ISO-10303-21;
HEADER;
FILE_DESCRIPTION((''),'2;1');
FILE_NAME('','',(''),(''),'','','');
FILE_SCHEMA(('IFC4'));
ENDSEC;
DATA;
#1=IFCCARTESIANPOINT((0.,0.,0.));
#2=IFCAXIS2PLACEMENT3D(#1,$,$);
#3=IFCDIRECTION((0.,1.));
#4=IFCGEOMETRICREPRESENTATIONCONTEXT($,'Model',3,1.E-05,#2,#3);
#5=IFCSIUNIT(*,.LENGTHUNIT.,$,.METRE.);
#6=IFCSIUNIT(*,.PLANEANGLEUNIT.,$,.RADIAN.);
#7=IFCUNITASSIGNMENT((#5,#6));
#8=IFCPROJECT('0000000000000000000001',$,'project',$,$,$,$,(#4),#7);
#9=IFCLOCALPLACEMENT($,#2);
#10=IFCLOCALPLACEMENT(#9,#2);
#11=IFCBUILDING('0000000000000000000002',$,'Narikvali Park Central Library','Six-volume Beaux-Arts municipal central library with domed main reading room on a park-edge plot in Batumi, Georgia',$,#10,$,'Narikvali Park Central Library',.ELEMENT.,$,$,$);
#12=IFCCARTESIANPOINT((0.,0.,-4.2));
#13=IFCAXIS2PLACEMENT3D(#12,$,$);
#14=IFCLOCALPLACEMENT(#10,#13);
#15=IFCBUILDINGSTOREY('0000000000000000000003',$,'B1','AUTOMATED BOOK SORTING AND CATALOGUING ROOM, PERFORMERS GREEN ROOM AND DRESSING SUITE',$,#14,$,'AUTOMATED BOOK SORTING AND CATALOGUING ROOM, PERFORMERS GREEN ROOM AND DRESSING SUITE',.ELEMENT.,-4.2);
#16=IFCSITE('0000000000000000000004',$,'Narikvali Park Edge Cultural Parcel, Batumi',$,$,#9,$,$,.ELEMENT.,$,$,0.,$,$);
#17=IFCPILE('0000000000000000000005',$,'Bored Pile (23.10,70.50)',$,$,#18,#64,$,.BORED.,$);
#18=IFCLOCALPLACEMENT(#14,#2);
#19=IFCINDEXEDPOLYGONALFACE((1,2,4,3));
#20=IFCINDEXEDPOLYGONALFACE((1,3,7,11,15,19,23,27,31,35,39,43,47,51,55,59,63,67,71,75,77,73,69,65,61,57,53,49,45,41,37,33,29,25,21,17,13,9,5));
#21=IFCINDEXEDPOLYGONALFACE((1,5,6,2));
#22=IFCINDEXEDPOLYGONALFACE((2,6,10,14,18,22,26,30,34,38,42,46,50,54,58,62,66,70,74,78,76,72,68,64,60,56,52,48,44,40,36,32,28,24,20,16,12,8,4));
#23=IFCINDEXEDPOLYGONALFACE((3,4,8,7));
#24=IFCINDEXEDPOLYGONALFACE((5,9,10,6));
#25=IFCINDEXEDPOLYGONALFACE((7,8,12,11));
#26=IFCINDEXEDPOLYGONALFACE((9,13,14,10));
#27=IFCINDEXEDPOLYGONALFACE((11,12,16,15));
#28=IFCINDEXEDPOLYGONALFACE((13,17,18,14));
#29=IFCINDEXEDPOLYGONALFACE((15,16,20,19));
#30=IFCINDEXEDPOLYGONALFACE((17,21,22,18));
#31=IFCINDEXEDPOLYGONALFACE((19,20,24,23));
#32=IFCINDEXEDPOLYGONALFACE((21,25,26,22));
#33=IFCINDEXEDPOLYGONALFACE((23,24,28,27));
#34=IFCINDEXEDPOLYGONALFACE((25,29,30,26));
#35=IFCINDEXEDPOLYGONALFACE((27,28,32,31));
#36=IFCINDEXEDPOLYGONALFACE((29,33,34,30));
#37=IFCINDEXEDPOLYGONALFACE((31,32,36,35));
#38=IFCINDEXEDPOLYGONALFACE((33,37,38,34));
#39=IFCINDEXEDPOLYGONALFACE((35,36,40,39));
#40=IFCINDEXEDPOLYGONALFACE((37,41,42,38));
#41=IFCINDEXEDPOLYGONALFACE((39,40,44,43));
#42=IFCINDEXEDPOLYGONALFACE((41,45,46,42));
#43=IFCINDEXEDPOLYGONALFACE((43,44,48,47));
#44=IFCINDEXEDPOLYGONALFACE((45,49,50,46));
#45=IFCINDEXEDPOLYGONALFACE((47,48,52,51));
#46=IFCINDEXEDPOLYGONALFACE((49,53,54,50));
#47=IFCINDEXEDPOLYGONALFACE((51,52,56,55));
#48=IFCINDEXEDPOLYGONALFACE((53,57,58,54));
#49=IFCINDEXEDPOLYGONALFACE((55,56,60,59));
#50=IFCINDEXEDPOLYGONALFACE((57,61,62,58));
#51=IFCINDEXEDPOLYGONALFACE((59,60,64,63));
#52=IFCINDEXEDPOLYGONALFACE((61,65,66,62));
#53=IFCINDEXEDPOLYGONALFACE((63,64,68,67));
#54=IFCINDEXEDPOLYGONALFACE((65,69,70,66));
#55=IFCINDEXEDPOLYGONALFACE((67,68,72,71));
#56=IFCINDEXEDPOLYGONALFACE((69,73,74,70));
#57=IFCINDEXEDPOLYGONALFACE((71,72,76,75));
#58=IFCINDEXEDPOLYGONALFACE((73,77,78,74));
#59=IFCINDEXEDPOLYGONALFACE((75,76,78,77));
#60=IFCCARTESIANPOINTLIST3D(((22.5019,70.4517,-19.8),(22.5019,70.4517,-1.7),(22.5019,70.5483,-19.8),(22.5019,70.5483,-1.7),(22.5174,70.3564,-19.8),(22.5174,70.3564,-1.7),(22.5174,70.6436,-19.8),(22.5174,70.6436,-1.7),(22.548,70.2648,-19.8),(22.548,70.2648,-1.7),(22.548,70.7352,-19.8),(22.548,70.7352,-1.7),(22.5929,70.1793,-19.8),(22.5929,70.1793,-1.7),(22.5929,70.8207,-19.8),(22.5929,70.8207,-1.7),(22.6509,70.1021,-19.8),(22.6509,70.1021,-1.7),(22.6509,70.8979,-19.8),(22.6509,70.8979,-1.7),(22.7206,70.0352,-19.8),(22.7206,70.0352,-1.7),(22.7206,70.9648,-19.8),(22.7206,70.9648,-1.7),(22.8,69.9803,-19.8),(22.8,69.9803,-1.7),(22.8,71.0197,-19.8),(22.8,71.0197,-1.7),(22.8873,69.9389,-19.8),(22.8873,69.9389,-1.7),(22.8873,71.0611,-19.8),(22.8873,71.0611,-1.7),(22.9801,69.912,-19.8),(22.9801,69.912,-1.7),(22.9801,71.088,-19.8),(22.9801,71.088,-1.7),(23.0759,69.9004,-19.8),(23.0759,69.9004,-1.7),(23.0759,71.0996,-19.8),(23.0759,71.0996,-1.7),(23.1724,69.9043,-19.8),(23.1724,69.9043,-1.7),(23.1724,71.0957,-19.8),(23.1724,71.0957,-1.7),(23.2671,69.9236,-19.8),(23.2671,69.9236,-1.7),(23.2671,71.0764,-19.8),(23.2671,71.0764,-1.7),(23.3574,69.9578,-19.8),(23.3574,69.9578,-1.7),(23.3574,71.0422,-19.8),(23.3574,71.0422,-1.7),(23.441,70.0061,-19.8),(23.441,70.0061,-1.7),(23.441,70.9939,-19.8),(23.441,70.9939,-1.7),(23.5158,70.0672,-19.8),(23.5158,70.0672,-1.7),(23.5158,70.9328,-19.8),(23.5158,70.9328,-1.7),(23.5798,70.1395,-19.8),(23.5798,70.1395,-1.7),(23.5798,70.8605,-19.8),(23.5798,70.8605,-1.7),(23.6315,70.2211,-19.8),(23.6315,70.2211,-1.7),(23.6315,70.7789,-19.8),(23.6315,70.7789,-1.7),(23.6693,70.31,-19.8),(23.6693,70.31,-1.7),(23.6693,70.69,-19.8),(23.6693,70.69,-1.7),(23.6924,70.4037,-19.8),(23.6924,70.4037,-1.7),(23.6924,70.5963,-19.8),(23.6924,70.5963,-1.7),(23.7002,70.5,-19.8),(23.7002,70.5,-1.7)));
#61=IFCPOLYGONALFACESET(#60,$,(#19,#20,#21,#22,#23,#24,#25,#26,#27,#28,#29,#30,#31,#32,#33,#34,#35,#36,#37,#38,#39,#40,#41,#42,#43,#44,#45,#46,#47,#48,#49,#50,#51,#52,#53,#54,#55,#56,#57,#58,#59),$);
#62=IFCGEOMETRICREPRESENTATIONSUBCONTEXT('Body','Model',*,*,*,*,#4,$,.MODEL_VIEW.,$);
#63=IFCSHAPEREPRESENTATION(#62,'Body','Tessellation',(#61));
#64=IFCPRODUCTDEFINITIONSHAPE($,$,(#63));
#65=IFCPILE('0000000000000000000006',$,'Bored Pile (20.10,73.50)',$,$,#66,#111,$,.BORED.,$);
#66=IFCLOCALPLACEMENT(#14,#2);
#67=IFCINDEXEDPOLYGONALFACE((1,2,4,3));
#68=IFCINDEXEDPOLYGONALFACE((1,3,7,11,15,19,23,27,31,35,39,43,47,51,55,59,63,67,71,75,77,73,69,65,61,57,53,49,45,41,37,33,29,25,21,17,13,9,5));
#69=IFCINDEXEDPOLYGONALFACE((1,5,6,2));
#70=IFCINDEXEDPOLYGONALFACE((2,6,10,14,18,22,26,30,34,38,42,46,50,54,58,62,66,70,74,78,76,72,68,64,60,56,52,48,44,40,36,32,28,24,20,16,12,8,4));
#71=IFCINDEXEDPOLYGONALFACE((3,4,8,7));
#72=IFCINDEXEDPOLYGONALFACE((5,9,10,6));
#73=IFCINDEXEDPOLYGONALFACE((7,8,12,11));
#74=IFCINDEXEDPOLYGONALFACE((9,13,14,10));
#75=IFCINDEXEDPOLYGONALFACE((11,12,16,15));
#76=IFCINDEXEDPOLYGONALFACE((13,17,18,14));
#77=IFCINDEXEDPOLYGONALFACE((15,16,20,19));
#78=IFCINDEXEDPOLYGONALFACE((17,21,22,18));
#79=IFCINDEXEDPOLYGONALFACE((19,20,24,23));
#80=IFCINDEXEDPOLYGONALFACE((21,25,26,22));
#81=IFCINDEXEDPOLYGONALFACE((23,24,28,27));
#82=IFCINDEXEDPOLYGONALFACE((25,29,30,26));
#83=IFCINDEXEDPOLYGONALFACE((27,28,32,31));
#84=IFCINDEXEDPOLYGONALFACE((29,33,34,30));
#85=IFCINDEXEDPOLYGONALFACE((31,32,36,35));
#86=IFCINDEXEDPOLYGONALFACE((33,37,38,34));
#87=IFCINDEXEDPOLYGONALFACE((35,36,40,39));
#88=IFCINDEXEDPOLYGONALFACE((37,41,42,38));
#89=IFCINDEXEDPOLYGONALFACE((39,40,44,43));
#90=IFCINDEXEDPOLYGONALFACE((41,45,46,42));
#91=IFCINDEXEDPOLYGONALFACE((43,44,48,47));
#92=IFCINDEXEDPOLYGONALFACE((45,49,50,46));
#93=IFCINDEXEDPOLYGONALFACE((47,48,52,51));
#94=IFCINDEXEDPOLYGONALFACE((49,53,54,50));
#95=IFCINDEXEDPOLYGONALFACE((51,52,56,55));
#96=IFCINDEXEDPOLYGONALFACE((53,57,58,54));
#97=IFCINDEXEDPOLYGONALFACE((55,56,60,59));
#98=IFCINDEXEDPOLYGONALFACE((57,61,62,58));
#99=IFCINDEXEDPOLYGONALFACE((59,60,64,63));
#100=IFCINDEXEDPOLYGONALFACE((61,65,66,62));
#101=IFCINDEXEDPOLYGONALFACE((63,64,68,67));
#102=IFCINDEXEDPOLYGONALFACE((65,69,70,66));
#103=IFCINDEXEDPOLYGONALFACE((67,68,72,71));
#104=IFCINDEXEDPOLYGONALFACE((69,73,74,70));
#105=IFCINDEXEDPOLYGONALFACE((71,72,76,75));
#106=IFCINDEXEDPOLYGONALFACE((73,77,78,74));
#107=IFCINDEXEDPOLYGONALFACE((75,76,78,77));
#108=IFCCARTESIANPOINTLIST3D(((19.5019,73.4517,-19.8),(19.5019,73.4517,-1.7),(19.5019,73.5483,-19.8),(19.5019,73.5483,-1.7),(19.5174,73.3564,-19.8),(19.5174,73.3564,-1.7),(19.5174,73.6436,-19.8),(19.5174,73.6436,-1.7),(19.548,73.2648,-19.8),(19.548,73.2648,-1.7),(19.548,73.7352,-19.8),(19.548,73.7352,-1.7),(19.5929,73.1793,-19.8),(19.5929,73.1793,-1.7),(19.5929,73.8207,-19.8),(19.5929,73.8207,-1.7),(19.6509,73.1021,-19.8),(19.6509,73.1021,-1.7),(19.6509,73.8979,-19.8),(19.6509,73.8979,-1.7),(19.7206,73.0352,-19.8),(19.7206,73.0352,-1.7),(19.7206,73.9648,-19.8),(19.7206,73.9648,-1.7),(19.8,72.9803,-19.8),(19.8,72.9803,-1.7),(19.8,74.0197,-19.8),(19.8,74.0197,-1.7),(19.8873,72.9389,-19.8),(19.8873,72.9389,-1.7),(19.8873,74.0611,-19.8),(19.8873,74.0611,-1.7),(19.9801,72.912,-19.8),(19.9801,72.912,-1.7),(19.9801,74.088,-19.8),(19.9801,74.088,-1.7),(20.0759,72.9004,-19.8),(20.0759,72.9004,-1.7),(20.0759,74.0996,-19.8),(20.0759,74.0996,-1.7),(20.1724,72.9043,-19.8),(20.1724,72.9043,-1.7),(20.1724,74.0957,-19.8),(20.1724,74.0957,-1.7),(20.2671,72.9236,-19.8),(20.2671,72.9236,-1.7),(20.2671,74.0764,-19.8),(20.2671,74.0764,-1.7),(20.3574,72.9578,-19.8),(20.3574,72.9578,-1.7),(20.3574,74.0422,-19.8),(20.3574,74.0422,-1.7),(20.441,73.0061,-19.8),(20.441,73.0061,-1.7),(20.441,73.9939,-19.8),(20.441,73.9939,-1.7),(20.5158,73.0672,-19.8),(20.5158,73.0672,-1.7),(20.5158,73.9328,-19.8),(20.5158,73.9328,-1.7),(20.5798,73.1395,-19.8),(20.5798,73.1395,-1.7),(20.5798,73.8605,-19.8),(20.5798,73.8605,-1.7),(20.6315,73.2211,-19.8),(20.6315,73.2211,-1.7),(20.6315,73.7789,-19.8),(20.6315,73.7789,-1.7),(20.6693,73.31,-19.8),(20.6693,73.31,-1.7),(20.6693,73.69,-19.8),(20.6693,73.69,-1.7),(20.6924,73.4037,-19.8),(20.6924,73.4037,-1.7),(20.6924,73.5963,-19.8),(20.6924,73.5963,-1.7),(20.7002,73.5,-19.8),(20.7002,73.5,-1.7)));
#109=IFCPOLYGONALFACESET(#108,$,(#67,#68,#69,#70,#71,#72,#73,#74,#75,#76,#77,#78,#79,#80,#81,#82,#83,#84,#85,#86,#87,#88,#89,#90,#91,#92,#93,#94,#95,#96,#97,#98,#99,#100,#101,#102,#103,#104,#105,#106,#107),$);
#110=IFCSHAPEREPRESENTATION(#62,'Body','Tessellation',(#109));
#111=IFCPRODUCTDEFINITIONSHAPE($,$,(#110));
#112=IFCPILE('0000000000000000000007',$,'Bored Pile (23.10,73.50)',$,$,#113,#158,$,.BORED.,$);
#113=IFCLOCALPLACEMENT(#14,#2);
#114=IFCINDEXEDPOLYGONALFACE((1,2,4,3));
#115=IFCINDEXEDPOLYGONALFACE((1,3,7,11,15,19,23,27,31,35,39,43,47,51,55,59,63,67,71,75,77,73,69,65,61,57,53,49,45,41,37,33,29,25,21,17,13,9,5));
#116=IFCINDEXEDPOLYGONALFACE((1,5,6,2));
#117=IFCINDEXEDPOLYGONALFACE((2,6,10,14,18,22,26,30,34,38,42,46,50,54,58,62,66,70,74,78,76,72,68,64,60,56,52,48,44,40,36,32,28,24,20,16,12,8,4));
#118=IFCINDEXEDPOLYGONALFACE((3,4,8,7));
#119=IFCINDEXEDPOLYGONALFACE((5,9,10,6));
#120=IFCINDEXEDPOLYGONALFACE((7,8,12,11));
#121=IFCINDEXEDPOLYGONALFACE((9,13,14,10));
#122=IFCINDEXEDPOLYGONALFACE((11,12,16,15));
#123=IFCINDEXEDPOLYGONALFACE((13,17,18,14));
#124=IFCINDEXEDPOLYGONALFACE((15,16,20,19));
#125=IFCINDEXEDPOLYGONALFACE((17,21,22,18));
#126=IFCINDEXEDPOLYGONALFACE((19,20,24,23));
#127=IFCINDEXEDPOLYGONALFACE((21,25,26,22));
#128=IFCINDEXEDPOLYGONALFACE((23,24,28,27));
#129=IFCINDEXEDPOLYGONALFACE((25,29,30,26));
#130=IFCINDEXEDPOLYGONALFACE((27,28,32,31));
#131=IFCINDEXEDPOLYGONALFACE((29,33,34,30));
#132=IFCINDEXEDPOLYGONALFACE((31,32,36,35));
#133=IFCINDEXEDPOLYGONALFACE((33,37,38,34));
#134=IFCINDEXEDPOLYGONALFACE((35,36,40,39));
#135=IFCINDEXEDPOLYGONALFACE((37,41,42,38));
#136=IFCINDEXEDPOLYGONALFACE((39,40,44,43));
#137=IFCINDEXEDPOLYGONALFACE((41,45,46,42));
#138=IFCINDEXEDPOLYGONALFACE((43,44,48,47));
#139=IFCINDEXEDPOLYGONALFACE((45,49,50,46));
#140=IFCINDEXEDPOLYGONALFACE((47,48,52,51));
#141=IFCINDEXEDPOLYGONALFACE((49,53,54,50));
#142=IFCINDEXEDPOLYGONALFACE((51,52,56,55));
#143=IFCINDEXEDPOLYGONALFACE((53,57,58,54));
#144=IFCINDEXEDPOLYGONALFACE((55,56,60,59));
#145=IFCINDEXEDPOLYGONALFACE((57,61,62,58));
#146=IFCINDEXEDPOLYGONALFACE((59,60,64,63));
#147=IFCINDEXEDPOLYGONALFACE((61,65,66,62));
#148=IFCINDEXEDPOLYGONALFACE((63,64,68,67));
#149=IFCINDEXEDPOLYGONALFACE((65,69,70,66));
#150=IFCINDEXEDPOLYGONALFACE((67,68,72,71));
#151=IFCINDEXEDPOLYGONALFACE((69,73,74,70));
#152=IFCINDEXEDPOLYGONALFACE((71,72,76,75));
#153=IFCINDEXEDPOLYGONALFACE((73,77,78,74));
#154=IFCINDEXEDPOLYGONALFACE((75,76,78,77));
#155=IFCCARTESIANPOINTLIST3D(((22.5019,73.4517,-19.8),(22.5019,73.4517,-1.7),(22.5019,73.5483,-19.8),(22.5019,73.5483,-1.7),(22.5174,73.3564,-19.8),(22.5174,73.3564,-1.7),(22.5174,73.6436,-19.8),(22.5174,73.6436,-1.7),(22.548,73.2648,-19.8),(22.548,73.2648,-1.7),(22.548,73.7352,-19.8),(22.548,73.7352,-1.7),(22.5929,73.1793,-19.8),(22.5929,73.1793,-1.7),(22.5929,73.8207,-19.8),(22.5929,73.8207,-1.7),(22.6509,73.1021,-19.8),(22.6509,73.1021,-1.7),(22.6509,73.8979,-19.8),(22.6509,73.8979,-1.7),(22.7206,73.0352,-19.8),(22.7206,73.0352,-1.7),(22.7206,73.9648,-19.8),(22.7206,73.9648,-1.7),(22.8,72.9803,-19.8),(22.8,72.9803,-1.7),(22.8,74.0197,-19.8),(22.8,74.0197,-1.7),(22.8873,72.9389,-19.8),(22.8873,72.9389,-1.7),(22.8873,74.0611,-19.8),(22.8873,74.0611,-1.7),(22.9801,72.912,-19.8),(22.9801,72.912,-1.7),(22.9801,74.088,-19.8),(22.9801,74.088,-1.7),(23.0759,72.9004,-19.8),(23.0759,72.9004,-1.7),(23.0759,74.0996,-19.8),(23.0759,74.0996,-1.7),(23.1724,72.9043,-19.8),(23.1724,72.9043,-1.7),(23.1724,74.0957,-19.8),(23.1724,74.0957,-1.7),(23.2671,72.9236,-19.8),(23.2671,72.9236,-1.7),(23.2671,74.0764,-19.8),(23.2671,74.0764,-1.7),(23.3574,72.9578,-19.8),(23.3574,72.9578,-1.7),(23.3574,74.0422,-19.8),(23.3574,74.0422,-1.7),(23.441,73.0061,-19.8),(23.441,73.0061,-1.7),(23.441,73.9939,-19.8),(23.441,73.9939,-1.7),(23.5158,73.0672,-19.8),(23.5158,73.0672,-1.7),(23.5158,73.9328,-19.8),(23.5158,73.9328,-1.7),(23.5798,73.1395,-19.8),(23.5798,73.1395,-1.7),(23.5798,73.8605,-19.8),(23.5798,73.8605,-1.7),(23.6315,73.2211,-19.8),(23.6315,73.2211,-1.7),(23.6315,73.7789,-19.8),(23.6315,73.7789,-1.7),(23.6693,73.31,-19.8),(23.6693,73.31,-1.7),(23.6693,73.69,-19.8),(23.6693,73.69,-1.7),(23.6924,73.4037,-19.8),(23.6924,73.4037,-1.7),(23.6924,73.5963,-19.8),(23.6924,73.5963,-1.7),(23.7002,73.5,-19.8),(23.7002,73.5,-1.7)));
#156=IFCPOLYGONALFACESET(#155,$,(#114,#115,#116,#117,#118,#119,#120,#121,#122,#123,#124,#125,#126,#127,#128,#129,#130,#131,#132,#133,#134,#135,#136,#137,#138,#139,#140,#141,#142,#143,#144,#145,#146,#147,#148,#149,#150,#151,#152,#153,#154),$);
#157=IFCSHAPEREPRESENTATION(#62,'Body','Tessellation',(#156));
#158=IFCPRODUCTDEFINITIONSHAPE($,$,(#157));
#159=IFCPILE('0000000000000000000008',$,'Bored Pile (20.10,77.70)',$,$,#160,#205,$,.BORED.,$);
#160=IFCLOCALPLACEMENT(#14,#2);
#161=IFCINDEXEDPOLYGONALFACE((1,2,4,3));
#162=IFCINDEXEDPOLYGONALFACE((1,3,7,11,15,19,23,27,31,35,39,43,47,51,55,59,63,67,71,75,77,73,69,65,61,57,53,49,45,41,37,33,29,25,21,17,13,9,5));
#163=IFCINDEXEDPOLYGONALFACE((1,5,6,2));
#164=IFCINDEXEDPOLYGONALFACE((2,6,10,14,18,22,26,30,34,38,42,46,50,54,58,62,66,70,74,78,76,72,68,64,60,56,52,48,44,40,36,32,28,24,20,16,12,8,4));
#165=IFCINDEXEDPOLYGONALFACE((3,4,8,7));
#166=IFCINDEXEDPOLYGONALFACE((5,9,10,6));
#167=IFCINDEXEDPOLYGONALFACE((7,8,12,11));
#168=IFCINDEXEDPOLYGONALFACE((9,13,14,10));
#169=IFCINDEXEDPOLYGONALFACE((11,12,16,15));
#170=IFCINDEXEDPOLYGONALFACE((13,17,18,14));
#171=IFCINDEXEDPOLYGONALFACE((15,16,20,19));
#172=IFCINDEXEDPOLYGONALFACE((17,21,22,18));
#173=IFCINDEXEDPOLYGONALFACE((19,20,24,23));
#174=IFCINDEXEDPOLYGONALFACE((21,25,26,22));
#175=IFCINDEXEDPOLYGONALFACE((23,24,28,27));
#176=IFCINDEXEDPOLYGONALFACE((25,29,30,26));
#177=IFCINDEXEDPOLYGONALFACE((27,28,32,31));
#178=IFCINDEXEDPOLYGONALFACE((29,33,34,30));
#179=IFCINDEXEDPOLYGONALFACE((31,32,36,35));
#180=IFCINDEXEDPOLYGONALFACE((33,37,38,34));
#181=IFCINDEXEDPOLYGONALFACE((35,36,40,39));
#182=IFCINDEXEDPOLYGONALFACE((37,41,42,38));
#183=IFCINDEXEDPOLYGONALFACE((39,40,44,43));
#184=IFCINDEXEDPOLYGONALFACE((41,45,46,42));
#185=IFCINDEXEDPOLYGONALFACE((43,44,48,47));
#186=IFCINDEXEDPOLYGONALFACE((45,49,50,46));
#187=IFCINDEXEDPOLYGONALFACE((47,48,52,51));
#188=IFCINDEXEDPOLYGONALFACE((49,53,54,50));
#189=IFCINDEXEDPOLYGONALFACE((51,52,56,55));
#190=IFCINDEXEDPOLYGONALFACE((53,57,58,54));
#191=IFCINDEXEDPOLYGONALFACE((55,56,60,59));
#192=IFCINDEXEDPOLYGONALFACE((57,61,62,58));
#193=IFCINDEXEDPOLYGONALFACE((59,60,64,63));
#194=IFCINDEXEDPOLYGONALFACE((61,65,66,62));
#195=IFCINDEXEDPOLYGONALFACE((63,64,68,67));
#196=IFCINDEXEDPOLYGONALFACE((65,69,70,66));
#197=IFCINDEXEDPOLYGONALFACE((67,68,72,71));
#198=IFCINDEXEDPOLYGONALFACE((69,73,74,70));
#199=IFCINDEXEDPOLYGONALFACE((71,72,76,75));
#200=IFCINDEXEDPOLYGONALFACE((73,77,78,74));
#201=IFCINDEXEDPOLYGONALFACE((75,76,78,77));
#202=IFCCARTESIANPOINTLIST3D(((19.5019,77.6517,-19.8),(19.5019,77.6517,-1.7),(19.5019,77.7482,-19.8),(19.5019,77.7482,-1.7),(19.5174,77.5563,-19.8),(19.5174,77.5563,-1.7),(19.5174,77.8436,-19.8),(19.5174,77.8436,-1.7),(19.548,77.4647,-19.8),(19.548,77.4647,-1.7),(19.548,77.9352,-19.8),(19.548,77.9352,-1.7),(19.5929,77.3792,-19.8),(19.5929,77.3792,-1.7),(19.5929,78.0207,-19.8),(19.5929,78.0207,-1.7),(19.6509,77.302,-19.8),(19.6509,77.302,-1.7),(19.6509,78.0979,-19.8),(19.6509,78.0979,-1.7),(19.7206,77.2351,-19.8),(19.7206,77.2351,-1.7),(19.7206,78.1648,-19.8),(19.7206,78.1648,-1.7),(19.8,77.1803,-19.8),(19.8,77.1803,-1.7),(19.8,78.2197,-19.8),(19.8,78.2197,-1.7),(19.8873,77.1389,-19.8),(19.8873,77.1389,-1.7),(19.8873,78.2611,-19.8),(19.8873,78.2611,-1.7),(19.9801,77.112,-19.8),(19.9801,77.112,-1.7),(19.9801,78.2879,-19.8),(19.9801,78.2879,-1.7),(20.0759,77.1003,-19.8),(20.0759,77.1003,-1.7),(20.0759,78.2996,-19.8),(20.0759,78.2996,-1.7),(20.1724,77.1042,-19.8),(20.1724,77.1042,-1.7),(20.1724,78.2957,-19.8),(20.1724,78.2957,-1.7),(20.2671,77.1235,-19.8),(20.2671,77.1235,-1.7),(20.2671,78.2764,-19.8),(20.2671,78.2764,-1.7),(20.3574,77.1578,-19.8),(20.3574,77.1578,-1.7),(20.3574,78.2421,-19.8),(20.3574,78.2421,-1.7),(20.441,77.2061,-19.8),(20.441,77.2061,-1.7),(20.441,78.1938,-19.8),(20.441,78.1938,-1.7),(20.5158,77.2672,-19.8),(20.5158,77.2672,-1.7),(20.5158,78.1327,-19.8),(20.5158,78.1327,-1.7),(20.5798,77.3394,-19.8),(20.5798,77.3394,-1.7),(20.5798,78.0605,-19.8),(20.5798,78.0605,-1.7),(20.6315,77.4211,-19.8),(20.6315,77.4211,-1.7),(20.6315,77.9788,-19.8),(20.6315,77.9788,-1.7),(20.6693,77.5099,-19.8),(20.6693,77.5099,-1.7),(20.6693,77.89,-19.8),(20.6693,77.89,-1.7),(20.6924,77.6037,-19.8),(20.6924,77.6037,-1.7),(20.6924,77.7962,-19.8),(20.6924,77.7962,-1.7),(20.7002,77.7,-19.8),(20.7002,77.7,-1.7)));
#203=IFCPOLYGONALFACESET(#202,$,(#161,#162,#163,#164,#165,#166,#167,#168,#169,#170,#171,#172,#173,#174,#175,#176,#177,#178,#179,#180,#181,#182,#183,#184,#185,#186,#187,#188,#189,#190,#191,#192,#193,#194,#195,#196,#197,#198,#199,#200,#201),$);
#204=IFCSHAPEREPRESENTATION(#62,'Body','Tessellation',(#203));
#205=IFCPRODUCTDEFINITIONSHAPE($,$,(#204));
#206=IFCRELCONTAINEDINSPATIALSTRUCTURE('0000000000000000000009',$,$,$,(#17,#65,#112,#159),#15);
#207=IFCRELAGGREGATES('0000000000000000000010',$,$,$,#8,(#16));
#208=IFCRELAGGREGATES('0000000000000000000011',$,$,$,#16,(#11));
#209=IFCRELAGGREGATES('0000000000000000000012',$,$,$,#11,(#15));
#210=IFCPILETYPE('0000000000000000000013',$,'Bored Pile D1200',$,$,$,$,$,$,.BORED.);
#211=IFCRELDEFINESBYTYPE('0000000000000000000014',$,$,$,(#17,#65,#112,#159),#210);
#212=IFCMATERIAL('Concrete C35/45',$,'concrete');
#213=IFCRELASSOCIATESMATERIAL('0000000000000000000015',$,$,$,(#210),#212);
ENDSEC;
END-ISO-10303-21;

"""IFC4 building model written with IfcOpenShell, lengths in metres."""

from ifc_helpers import new_model, si_unit, direction, frame, origin, origin_2d, place, context, subcontext, project, spatial, circle, extrude, material, material_profile, profile_set, type_object, element, save


model = new_model("IFC4")

# Units and contexts
model_context = context("Model", 3, precision=1e-05, world=origin(), true_north=direction((0.0, 1.0)))
body_context = subcontext(model_context, "Body", "Model", "MODEL_VIEW")
ifc_project = project(units=[si_unit("LENGTHUNIT", "METRE"), si_unit("PLANEANGLEUNIT", "RADIAN")], contexts=[model_context])

# Site, building, storey
site_placement = place(None, origin())
site = spatial("IfcSite", under=ifc_project, at=site_placement, Name="Narikvali Park Edge Cultural Parcel, Batumi", CompositionType="ELEMENT", RefElevation=0.0)
building_placement = place(site_placement, origin())
building = spatial("IfcBuilding", under=site, at=building_placement, Name="Narikvali Park Central Library", Description="Six-volume Beaux-Arts municipal central library with domed main reading room on a park-edge plot in Batumi, Georgia", LongName="Narikvali Park Central Library", CompositionType="ELEMENT")
storey_placement = place(building_placement, frame((0.0, 0.0, -4.2)))
storey = spatial("IfcBuildingStorey", under=building, at=storey_placement, Name="B1", Description="AUTOMATED BOOK SORTING AND CATALOGUING ROOM, PERFORMERS GREEN ROOM AND DRESSING SUITE", LongName="AUTOMATED BOOK SORTING AND CATALOGUING ROOM, PERFORMERS GREEN ROOM AND DRESSING SUITE", CompositionType="ELEMENT", Elevation=-4.2)

# Piles
ifc_material_1 = material(Name="Concrete C35/45", Category="concrete")
ifc_material_profile_1 = material_profile(ifc_material_1, circle(Radius=0.6001, at=origin_2d()), Name="PILE D1200")
ifc_profile_set_1 = profile_set([ifc_material_profile_1], Name="Concrete C35/45")
pile_type_1 = type_object("IfcPileType", Name="Bored Pile D1200", PredefinedType="BORED", material=ifc_profile_set_1)
for number, where, z_axis, x_axis, name in (
    (1, (23.1001, 70.5, -1.7), (0.0, 0.0, -1.0), (1.0, 0.0, 0.0), "Bored Pile (23.10,70.50)"),
    (2, (20.1001, 73.5, -1.7), (0.0, 0.0, -1.0), (1.0, 0.0, 0.0), "Bored Pile (20.10,73.50)"),
    (3, (23.1001, 73.5, -1.7), (0.0, 0.0, -1.0), (1.0, 0.0, 0.0), "Bored Pile (23.10,73.50)"),
    (4, (20.1001, 77.7, -1.7), (0.0, 0.0, -1.0), (1.0, 0.0, 0.0), "Bored Pile (20.10,77.70)"),
):
    element("IfcPile", number, at=place(storey_placement, frame(where, z_axis=z_axis, x_axis=x_axis)), inside=storey, type_object=pile_type_1, Name=name, PredefinedType="BORED", context=body_context, shape_type="SweptSolid", body=[
        extrude(circle(Radius=0.6001, at=origin_2d()), origin(), (0.0, 0.0, 1.0), 18.1001),
    ])

save(model, "model.ifc")
